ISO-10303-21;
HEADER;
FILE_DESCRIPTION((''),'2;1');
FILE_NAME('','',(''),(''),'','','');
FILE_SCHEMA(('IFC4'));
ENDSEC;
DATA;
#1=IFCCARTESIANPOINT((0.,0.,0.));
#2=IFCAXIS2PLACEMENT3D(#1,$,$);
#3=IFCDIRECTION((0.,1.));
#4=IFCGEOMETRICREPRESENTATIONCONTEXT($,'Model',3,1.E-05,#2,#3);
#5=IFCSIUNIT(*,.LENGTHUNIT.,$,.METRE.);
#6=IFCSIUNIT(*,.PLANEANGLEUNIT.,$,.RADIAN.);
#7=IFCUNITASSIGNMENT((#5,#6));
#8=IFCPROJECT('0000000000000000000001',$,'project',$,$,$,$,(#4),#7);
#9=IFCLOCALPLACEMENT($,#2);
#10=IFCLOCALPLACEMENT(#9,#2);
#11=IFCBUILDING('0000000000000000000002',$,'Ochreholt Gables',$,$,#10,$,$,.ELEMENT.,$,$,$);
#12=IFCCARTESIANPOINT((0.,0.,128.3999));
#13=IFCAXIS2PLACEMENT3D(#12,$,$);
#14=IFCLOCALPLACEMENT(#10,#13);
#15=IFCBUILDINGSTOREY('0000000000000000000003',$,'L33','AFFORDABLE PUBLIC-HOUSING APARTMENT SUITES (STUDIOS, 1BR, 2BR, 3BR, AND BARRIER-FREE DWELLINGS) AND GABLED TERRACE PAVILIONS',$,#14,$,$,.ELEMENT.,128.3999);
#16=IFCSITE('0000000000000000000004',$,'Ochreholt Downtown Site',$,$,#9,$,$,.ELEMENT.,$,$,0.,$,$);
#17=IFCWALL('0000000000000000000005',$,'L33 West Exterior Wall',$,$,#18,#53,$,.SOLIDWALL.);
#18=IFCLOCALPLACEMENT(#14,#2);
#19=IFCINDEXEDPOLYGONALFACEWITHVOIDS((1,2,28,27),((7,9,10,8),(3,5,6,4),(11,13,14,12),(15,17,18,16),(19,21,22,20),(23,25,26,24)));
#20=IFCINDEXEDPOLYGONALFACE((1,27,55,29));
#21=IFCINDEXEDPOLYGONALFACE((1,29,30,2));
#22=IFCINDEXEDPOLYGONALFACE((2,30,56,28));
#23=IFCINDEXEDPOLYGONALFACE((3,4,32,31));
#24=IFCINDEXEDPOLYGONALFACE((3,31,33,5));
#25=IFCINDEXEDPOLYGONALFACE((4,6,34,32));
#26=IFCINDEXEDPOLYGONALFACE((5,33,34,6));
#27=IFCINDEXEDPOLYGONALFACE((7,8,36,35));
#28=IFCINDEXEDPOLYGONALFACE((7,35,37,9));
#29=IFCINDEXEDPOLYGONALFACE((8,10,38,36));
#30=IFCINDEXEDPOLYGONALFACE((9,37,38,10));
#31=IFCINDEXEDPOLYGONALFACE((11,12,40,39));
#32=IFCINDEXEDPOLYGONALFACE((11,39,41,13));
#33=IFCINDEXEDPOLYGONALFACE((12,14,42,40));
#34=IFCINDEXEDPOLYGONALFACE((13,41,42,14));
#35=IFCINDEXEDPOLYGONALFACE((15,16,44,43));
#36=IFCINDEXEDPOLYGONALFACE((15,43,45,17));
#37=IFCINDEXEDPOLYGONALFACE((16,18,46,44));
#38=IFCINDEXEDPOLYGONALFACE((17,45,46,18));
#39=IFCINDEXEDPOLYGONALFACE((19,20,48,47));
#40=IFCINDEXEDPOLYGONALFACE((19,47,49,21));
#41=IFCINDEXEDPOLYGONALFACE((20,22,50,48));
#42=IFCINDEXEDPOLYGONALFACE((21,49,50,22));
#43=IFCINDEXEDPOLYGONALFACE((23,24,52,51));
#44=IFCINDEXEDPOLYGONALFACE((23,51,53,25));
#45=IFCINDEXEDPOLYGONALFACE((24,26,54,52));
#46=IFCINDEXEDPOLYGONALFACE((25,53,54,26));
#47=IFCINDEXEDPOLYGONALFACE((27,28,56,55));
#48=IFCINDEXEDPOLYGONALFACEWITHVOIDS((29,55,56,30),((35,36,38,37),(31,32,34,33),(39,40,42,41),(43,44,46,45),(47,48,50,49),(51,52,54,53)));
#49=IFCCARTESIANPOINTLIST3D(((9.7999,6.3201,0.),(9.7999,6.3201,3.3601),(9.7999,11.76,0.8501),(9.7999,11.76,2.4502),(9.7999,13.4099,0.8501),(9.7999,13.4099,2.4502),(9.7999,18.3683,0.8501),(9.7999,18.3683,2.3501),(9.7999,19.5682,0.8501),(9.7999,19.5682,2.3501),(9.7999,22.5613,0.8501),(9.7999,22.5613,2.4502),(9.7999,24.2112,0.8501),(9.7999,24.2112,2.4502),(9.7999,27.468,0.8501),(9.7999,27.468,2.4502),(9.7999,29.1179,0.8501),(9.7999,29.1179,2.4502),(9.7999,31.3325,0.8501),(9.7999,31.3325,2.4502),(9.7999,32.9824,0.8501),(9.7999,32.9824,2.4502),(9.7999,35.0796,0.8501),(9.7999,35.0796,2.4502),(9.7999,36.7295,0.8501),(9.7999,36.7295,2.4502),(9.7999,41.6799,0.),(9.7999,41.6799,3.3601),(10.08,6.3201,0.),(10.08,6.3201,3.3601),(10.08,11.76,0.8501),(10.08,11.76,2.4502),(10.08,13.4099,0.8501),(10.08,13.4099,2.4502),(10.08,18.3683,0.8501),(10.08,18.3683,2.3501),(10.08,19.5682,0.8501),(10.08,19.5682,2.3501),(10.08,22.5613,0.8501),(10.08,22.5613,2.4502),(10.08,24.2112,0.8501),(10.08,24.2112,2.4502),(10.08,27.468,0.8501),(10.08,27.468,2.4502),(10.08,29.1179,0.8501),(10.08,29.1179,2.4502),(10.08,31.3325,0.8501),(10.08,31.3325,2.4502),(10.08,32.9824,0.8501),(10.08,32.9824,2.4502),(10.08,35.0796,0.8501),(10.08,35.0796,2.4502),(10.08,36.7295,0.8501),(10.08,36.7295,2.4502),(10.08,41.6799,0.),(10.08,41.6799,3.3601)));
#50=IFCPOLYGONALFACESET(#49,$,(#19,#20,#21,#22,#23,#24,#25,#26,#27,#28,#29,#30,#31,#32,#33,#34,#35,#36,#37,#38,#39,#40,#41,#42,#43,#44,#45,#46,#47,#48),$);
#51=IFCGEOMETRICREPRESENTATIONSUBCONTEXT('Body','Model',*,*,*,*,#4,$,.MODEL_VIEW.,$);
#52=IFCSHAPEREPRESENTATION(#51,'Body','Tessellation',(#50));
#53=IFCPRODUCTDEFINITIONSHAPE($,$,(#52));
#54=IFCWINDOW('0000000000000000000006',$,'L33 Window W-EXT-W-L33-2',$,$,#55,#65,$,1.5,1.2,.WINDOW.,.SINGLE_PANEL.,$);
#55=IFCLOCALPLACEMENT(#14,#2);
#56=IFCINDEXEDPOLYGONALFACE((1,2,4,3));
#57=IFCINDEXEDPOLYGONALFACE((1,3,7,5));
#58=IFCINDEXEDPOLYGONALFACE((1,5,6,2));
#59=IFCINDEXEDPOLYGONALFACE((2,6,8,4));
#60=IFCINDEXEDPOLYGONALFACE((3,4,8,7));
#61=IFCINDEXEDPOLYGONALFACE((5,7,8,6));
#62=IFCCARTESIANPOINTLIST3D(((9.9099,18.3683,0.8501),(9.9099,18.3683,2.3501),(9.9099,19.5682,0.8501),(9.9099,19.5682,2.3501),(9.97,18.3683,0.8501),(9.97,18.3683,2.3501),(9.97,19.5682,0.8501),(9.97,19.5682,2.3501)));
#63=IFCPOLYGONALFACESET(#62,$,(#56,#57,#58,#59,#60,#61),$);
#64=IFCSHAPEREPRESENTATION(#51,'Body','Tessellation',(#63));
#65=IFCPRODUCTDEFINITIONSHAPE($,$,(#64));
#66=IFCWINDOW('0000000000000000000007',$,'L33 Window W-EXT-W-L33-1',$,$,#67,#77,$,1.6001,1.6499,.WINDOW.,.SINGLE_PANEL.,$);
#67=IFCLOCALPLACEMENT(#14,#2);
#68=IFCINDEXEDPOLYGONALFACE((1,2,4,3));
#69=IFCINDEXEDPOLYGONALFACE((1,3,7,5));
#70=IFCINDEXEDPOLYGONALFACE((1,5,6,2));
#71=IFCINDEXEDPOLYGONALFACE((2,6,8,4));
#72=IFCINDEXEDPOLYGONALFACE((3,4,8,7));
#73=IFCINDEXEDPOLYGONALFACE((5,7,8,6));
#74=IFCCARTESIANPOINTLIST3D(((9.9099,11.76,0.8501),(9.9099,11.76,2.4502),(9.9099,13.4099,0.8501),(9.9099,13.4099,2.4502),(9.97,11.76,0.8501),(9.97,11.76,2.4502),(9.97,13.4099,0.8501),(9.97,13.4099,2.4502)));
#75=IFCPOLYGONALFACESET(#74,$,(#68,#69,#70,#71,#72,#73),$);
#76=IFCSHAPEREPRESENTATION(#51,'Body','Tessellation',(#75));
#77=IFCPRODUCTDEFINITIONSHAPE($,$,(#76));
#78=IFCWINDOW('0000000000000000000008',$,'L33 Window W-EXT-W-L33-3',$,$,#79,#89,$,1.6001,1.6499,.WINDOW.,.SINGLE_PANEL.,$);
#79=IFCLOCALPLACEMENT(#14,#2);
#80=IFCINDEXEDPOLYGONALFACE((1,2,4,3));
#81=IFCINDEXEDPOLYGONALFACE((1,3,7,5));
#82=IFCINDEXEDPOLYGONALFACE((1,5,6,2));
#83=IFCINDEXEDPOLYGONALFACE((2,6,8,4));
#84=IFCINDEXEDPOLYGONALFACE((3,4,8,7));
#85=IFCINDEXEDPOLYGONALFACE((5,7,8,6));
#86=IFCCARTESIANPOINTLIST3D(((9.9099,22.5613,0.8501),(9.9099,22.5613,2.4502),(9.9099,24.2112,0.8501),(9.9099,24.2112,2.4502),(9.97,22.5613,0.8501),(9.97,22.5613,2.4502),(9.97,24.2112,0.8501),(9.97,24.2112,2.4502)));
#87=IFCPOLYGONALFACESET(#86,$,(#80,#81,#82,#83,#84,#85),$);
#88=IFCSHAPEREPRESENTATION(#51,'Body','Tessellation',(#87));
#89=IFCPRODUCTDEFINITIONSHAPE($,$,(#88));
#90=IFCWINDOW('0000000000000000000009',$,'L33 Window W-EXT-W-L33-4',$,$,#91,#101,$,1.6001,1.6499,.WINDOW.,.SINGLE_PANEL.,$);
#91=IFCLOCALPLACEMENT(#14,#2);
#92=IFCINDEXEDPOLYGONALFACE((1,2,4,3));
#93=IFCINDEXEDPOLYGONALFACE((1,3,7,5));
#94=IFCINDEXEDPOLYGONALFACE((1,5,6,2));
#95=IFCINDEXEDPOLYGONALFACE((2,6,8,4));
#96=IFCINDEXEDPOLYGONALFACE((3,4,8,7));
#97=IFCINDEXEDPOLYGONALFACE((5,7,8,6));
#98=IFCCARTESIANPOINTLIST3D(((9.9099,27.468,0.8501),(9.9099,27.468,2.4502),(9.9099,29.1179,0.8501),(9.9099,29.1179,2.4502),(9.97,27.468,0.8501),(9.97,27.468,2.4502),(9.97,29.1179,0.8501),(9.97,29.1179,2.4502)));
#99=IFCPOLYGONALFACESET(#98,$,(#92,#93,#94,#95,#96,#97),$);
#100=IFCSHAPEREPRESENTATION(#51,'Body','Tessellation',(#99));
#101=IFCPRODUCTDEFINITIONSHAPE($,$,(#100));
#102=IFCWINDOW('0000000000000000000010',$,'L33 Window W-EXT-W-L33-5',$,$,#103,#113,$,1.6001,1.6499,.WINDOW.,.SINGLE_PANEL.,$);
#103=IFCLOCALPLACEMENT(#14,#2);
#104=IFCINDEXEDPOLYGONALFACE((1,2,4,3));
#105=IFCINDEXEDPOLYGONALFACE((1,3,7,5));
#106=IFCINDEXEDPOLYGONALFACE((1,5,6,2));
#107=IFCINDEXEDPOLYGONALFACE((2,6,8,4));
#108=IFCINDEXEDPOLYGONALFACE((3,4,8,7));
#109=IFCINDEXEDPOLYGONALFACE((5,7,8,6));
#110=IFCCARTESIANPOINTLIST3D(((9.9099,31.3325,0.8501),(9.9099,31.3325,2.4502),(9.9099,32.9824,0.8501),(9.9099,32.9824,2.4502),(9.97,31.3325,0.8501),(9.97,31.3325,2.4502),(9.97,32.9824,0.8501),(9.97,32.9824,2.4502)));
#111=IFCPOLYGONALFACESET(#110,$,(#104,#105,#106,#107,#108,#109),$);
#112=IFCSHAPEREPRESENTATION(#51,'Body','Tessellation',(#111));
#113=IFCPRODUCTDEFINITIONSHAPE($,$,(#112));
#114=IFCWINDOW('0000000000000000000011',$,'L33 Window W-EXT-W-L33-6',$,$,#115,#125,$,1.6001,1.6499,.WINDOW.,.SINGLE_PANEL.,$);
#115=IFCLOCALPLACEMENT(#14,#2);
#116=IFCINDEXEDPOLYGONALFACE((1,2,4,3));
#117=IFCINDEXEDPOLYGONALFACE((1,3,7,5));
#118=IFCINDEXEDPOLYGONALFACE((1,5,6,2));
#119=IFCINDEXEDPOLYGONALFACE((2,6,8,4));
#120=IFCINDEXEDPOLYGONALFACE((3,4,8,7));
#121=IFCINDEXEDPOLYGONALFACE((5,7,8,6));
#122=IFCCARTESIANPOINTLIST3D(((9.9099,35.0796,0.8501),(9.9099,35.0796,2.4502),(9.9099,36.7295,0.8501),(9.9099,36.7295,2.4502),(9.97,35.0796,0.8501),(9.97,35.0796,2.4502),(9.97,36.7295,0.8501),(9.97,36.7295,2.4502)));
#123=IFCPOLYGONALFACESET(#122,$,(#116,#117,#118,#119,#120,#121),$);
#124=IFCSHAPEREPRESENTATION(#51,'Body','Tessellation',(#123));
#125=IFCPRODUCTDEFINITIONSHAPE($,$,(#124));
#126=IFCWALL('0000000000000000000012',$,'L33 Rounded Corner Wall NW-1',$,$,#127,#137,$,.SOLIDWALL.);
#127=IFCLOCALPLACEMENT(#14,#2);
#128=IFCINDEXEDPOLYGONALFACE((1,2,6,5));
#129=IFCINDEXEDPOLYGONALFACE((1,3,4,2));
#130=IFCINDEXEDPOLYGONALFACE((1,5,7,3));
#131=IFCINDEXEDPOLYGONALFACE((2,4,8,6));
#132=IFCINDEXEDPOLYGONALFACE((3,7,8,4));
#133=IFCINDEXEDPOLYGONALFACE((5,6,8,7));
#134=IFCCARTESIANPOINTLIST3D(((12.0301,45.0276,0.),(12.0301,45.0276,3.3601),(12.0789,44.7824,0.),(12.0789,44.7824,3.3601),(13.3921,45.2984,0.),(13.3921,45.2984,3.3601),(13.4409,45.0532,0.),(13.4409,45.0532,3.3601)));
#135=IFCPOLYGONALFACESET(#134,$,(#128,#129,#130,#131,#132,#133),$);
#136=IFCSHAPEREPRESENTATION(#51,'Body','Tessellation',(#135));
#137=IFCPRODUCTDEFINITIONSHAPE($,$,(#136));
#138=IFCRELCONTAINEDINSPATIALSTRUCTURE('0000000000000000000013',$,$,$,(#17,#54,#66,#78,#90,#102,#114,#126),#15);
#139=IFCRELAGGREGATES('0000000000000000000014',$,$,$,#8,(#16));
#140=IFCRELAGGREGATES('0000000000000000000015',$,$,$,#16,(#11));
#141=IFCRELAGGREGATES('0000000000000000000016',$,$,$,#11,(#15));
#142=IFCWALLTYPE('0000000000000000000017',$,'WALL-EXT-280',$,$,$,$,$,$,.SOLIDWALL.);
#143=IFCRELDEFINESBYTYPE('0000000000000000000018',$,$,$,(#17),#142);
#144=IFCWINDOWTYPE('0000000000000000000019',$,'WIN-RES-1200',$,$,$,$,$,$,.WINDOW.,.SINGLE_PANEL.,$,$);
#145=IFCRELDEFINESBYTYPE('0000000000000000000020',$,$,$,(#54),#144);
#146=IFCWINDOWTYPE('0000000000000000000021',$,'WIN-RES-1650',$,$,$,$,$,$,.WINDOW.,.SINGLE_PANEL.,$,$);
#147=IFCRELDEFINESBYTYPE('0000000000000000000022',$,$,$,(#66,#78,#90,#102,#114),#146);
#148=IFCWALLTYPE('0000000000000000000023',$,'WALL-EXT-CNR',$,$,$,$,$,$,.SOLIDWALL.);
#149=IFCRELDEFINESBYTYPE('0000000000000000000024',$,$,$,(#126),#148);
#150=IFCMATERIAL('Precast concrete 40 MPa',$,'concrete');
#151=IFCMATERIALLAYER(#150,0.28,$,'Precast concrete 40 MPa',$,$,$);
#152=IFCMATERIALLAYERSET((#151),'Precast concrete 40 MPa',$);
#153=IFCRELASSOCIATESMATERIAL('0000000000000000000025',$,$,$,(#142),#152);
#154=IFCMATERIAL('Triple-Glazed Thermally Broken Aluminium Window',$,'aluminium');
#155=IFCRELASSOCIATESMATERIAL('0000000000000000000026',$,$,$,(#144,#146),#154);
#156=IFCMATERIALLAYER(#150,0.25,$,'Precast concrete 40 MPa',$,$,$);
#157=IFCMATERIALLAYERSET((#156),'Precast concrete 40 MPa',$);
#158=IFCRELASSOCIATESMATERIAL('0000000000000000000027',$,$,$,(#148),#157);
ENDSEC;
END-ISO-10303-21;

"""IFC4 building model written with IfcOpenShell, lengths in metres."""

from ifc_helpers import new_model, si_unit, direction, frame, frame_2d, origin, place, context, subcontext, project, spatial, rectangle, extrude, material, layer, layer_set, type_object, element, fill, save


model = new_model("IFC4")

# Units and contexts
model_context = context("Model", 3, precision=1e-05, world=origin(), true_north=direction((0.0, 1.0)))
body_context = subcontext(model_context, "Body", "Model", "MODEL_VIEW")
ifc_project = project(units=[si_unit("LENGTHUNIT", "METRE"), si_unit("PLANEANGLEUNIT", "RADIAN")], contexts=[model_context])

# Site, building, storey
site_placement = place(None, origin())
site = spatial("IfcSite", under=ifc_project, at=site_placement, Name="Ochreholt Downtown Site", CompositionType="ELEMENT", RefElevation=0.0)
building_placement = place(site_placement, origin())
building = spatial("IfcBuilding", under=site, at=building_placement, Name="Ochreholt Gables", CompositionType="ELEMENT")
storey_placement = place(building_placement, frame((0.0, 0.0, 128.3999)))
storey = spatial("IfcBuildingStorey", under=building, at=storey_placement, Name="L33", Description="AFFORDABLE PUBLIC-HOUSING APARTMENT SUITES (STUDIOS, 1BR, 2BR, 3BR, AND BARRIER-FREE DWELLINGS) AND GABLED TERRACE PAVILIONS", CompositionType="ELEMENT", Elevation=128.3999)

# Wall, openings, windows
ifc_material_1 = material(Name="Precast concrete 40 MPa", Category="concrete")
ifc_layer_1 = layer(ifc_material_1, 0.28, Name="Precast concrete 40 MPa")
ifc_layer_set_1 = layer_set([ifc_layer_1], Name="Precast concrete 40 MPa")
wall_type_1 = type_object("IfcWallType", Name="WALL-EXT-280", PredefinedType="SOLIDWALL", material=ifc_layer_set_1)
wall_1_placement = place(storey_placement, frame((9.9399, 41.6799, 0.0), z_axis=(0.0, 0.0, 1.0), x_axis=(0.0, -1.0, 0.0)))
wall_1 = element("IfcWall", 1, at=wall_1_placement, inside=storey, type_object=wall_type_1, Name="L33 West Exterior Wall", PredefinedType="SOLIDWALL", context=body_context, shape_type="SweptSolid", body=[
    extrude(rectangle(XDim=35.3599, YDim=0.28, at=frame_2d((17.6799, 0.0))), origin(), (0.0, 0.0, 1.0), 3.3601),
])
opening_1_placement = place(wall_1_placement, frame((28.27, 0.0, 0.8501)))
opening_1 = element("IfcOpeningElement", 2, at=opening_1_placement, cuts=wall_1, PredefinedType="OPENING", context=body_context, shape_type="SweptSolid", body=[
    extrude(rectangle(XDim=1.6499, YDim=1.6001, at=frame_2d((0.825, 0.8))), frame((0.0, 0.1499, 0.0), z_axis=(0.0, -1.0, 0.0), x_axis=(1.0, 0.0, 0.0)), (0.0, 0.0, 1.0), 0.3),
])
opening_2_placement = place(wall_1_placement, frame((22.1116, 0.0, 0.8501)))
opening_2 = element("IfcOpeningElement", 3, at=opening_2_placement, cuts=wall_1, PredefinedType="OPENING", context=body_context, shape_type="SweptSolid", body=[
    extrude(rectangle(XDim=1.2, YDim=1.5, at=frame_2d((0.6001, 0.75))), frame((0.0, 0.1499, 0.0), z_axis=(0.0, -1.0, 0.0), x_axis=(1.0, 0.0, 0.0)), (0.0, 0.0, 1.0), 0.3),
])
opening_3_placement = place(wall_1_placement, frame((17.4688, 0.0, 0.8501)))
opening_3 = element("IfcOpeningElement", 4, at=opening_3_placement, cuts=wall_1, PredefinedType="OPENING", context=body_context, shape_type="SweptSolid", body=[
    extrude(rectangle(XDim=1.6499, YDim=1.6001, at=frame_2d((0.825, 0.8))), frame((0.0, 0.1499, 0.0), z_axis=(0.0, -1.0, 0.0), x_axis=(1.0, 0.0, 0.0)), (0.0, 0.0, 1.0), 0.3),
])
opening_4_placement = place(wall_1_placement, frame((12.562, 0.0, 0.8501)))
opening_4 = element("IfcOpeningElement", 5, at=opening_4_placement, cuts=wall_1, PredefinedType="OPENING", context=body_context, shape_type="SweptSolid", body=[
    extrude(rectangle(XDim=1.6499, YDim=1.6001, at=frame_2d((0.825, 0.8))), frame((0.0, 0.1499, 0.0), z_axis=(0.0, -1.0, 0.0), x_axis=(1.0, 0.0, 0.0)), (0.0, 0.0, 1.0), 0.3),
])
opening_5_placement = place(wall_1_placement, frame((8.6975, 0.0, 0.8501)))
opening_5 = element("IfcOpeningElement", 6, at=opening_5_placement, cuts=wall_1, PredefinedType="OPENING", context=body_context, shape_type="SweptSolid", body=[
    extrude(rectangle(XDim=1.6499, YDim=1.6001, at=frame_2d((0.825, 0.8))), frame((0.0, 0.1499, 0.0), z_axis=(0.0, -1.0, 0.0), x_axis=(1.0, 0.0, 0.0)), (0.0, 0.0, 1.0), 0.3),
])
opening_6_placement = place(wall_1_placement, frame((4.9504, 0.0, 0.8501)))
opening_6 = element("IfcOpeningElement", 7, at=opening_6_placement, cuts=wall_1, PredefinedType="OPENING", context=body_context, shape_type="SweptSolid", body=[
    extrude(rectangle(XDim=1.6499, YDim=1.6001, at=frame_2d((0.825, 0.8))), frame((0.0, 0.1499, 0.0), z_axis=(0.0, -1.0, 0.0), x_axis=(1.0, 0.0, 0.0)), (0.0, 0.0, 1.0), 0.3),
])
ifc_material_2 = material(Name="Triple-Glazed Thermally Broken Aluminium Window", Category="aluminium")
window_type_1 = type_object("IfcWindowType", Name="WIN-RES-1200", PartitioningType="SINGLE_PANEL", PredefinedType="WINDOW", material=ifc_material_2)
window_1_placement = place(opening_2_placement, origin())
window_1 = element("IfcWindow", 8, at=window_1_placement, inside=storey, type_object=window_type_1, Name="L33 Window W-EXT-W-L33-2", OverallHeight=1.5, OverallWidth=1.2, PartitioningType="SINGLE_PANEL", PredefinedType="WINDOW", context=body_context, shape_type="SweptSolid", body=[
    extrude(rectangle(XDim=1.2, YDim=1.5, at=frame_2d((0.6001, 0.75))), frame((0.0, 0.03, 0.0), z_axis=(0.0, -1.0, 0.0), x_axis=(1.0, 0.0, 0.0)), (0.0, 0.0, 1.0), 0.0601),
])
fill(opening_2, window_1)
window_type_2 = type_object("IfcWindowType", Name="WIN-RES-1650", PartitioningType="SINGLE_PANEL", PredefinedType="WINDOW", material=ifc_material_2)
window_2_placement = place(opening_1_placement, origin())
window_2 = element("IfcWindow", 9, at=window_2_placement, inside=storey, type_object=window_type_2, Name="L33 Window W-EXT-W-L33-1", OverallHeight=1.6001, OverallWidth=1.6499, PartitioningType="SINGLE_PANEL", PredefinedType="WINDOW", context=body_context, shape_type="SweptSolid", body=[
    extrude(rectangle(XDim=1.6499, YDim=1.6001, at=frame_2d((0.825, 0.8))), frame((0.0, 0.03, 0.0), z_axis=(0.0, -1.0, 0.0), x_axis=(1.0, 0.0, 0.0)), (0.0, 0.0, 1.0), 0.0601),
])
fill(opening_1, window_2)
window_3_placement = place(opening_3_placement, origin())
window_3 = element("IfcWindow", 10, at=window_3_placement, inside=storey, type_object=window_type_2, Name="L33 Window W-EXT-W-L33-3", OverallHeight=1.6001, OverallWidth=1.6499, PartitioningType="SINGLE_PANEL", PredefinedType="WINDOW", context=body_context, shape_type="SweptSolid", body=[
    extrude(rectangle(XDim=1.6499, YDim=1.6001, at=frame_2d((0.825, 0.8))), frame((0.0, 0.03, 0.0), z_axis=(0.0, -1.0, 0.0), x_axis=(1.0, 0.0, 0.0)), (0.0, 0.0, 1.0), 0.0601),
])
fill(opening_3, window_3)
window_4_placement = place(opening_4_placement, origin())
window_4 = element("IfcWindow", 11, at=window_4_placement, inside=storey, type_object=window_type_2, Name="L33 Window W-EXT-W-L33-4", OverallHeight=1.6001, OverallWidth=1.6499, PartitioningType="SINGLE_PANEL", PredefinedType="WINDOW", context=body_context, shape_type="SweptSolid", body=[
    extrude(rectangle(XDim=1.6499, YDim=1.6001, at=frame_2d((0.825, 0.8))), frame((0.0, 0.03, 0.0), z_axis=(0.0, -1.0, 0.0), x_axis=(1.0, 0.0, 0.0)), (0.0, 0.0, 1.0), 0.0601),
])
fill(opening_4, window_4)
window_5_placement = place(opening_5_placement, origin())
window_5 = element("IfcWindow", 12, at=window_5_placement, inside=storey, type_object=window_type_2, Name="L33 Window W-EXT-W-L33-5", OverallHeight=1.6001, OverallWidth=1.6499, PartitioningType="SINGLE_PANEL", PredefinedType="WINDOW", context=body_context, shape_type="SweptSolid", body=[
    extrude(rectangle(XDim=1.6499, YDim=1.6001, at=frame_2d((0.825, 0.8))), frame((0.0, 0.03, 0.0), z_axis=(0.0, -1.0, 0.0), x_axis=(1.0, 0.0, 0.0)), (0.0, 0.0, 1.0), 0.0601),
])
fill(opening_5, window_5)
window_6_placement = place(opening_6_placement, origin())
window_6 = element("IfcWindow", 13, at=window_6_placement, inside=storey, type_object=window_type_2, Name="L33 Window W-EXT-W-L33-6", OverallHeight=1.6001, OverallWidth=1.6499, PartitioningType="SINGLE_PANEL", PredefinedType="WINDOW", context=body_context, shape_type="SweptSolid", body=[
    extrude(rectangle(XDim=1.6499, YDim=1.6001, at=frame_2d((0.825, 0.8))), frame((0.0, 0.03, 0.0), z_axis=(0.0, -1.0, 0.0), x_axis=(1.0, 0.0, 0.0)), (0.0, 0.0, 1.0), 0.0601),
])
fill(opening_6, window_6)

# Wall
ifc_layer_2 = layer(ifc_material_1, 0.25, Name="Precast concrete 40 MPa")
ifc_layer_set_2 = layer_set([ifc_layer_2], Name="Precast concrete 40 MPa")
wall_type_2 = type_object("IfcWallType", Name="WALL-EXT-CNR", PredefinedType="SOLIDWALL", material=ifc_layer_set_2)
wall_2_placement = place(storey_placement, frame((13.4165, 45.1758, 0.0), z_axis=(0.0, 0.0, 1.0), x_axis=(-0.98081, -0.194967, 0.0)))
element("IfcWall", 14, at=wall_2_placement, inside=storey, type_object=wall_type_2, Name="L33 Rounded Corner Wall NW-1", PredefinedType="SOLIDWALL", context=body_context, shape_type="SweptSolid", body=[
    extrude(rectangle(XDim=1.3887, YDim=0.25, at=frame_2d((0.6943, 0.0))), origin(), (0.0, 0.0, 1.0), 3.3601),
])

save(model, "model.ifc")
